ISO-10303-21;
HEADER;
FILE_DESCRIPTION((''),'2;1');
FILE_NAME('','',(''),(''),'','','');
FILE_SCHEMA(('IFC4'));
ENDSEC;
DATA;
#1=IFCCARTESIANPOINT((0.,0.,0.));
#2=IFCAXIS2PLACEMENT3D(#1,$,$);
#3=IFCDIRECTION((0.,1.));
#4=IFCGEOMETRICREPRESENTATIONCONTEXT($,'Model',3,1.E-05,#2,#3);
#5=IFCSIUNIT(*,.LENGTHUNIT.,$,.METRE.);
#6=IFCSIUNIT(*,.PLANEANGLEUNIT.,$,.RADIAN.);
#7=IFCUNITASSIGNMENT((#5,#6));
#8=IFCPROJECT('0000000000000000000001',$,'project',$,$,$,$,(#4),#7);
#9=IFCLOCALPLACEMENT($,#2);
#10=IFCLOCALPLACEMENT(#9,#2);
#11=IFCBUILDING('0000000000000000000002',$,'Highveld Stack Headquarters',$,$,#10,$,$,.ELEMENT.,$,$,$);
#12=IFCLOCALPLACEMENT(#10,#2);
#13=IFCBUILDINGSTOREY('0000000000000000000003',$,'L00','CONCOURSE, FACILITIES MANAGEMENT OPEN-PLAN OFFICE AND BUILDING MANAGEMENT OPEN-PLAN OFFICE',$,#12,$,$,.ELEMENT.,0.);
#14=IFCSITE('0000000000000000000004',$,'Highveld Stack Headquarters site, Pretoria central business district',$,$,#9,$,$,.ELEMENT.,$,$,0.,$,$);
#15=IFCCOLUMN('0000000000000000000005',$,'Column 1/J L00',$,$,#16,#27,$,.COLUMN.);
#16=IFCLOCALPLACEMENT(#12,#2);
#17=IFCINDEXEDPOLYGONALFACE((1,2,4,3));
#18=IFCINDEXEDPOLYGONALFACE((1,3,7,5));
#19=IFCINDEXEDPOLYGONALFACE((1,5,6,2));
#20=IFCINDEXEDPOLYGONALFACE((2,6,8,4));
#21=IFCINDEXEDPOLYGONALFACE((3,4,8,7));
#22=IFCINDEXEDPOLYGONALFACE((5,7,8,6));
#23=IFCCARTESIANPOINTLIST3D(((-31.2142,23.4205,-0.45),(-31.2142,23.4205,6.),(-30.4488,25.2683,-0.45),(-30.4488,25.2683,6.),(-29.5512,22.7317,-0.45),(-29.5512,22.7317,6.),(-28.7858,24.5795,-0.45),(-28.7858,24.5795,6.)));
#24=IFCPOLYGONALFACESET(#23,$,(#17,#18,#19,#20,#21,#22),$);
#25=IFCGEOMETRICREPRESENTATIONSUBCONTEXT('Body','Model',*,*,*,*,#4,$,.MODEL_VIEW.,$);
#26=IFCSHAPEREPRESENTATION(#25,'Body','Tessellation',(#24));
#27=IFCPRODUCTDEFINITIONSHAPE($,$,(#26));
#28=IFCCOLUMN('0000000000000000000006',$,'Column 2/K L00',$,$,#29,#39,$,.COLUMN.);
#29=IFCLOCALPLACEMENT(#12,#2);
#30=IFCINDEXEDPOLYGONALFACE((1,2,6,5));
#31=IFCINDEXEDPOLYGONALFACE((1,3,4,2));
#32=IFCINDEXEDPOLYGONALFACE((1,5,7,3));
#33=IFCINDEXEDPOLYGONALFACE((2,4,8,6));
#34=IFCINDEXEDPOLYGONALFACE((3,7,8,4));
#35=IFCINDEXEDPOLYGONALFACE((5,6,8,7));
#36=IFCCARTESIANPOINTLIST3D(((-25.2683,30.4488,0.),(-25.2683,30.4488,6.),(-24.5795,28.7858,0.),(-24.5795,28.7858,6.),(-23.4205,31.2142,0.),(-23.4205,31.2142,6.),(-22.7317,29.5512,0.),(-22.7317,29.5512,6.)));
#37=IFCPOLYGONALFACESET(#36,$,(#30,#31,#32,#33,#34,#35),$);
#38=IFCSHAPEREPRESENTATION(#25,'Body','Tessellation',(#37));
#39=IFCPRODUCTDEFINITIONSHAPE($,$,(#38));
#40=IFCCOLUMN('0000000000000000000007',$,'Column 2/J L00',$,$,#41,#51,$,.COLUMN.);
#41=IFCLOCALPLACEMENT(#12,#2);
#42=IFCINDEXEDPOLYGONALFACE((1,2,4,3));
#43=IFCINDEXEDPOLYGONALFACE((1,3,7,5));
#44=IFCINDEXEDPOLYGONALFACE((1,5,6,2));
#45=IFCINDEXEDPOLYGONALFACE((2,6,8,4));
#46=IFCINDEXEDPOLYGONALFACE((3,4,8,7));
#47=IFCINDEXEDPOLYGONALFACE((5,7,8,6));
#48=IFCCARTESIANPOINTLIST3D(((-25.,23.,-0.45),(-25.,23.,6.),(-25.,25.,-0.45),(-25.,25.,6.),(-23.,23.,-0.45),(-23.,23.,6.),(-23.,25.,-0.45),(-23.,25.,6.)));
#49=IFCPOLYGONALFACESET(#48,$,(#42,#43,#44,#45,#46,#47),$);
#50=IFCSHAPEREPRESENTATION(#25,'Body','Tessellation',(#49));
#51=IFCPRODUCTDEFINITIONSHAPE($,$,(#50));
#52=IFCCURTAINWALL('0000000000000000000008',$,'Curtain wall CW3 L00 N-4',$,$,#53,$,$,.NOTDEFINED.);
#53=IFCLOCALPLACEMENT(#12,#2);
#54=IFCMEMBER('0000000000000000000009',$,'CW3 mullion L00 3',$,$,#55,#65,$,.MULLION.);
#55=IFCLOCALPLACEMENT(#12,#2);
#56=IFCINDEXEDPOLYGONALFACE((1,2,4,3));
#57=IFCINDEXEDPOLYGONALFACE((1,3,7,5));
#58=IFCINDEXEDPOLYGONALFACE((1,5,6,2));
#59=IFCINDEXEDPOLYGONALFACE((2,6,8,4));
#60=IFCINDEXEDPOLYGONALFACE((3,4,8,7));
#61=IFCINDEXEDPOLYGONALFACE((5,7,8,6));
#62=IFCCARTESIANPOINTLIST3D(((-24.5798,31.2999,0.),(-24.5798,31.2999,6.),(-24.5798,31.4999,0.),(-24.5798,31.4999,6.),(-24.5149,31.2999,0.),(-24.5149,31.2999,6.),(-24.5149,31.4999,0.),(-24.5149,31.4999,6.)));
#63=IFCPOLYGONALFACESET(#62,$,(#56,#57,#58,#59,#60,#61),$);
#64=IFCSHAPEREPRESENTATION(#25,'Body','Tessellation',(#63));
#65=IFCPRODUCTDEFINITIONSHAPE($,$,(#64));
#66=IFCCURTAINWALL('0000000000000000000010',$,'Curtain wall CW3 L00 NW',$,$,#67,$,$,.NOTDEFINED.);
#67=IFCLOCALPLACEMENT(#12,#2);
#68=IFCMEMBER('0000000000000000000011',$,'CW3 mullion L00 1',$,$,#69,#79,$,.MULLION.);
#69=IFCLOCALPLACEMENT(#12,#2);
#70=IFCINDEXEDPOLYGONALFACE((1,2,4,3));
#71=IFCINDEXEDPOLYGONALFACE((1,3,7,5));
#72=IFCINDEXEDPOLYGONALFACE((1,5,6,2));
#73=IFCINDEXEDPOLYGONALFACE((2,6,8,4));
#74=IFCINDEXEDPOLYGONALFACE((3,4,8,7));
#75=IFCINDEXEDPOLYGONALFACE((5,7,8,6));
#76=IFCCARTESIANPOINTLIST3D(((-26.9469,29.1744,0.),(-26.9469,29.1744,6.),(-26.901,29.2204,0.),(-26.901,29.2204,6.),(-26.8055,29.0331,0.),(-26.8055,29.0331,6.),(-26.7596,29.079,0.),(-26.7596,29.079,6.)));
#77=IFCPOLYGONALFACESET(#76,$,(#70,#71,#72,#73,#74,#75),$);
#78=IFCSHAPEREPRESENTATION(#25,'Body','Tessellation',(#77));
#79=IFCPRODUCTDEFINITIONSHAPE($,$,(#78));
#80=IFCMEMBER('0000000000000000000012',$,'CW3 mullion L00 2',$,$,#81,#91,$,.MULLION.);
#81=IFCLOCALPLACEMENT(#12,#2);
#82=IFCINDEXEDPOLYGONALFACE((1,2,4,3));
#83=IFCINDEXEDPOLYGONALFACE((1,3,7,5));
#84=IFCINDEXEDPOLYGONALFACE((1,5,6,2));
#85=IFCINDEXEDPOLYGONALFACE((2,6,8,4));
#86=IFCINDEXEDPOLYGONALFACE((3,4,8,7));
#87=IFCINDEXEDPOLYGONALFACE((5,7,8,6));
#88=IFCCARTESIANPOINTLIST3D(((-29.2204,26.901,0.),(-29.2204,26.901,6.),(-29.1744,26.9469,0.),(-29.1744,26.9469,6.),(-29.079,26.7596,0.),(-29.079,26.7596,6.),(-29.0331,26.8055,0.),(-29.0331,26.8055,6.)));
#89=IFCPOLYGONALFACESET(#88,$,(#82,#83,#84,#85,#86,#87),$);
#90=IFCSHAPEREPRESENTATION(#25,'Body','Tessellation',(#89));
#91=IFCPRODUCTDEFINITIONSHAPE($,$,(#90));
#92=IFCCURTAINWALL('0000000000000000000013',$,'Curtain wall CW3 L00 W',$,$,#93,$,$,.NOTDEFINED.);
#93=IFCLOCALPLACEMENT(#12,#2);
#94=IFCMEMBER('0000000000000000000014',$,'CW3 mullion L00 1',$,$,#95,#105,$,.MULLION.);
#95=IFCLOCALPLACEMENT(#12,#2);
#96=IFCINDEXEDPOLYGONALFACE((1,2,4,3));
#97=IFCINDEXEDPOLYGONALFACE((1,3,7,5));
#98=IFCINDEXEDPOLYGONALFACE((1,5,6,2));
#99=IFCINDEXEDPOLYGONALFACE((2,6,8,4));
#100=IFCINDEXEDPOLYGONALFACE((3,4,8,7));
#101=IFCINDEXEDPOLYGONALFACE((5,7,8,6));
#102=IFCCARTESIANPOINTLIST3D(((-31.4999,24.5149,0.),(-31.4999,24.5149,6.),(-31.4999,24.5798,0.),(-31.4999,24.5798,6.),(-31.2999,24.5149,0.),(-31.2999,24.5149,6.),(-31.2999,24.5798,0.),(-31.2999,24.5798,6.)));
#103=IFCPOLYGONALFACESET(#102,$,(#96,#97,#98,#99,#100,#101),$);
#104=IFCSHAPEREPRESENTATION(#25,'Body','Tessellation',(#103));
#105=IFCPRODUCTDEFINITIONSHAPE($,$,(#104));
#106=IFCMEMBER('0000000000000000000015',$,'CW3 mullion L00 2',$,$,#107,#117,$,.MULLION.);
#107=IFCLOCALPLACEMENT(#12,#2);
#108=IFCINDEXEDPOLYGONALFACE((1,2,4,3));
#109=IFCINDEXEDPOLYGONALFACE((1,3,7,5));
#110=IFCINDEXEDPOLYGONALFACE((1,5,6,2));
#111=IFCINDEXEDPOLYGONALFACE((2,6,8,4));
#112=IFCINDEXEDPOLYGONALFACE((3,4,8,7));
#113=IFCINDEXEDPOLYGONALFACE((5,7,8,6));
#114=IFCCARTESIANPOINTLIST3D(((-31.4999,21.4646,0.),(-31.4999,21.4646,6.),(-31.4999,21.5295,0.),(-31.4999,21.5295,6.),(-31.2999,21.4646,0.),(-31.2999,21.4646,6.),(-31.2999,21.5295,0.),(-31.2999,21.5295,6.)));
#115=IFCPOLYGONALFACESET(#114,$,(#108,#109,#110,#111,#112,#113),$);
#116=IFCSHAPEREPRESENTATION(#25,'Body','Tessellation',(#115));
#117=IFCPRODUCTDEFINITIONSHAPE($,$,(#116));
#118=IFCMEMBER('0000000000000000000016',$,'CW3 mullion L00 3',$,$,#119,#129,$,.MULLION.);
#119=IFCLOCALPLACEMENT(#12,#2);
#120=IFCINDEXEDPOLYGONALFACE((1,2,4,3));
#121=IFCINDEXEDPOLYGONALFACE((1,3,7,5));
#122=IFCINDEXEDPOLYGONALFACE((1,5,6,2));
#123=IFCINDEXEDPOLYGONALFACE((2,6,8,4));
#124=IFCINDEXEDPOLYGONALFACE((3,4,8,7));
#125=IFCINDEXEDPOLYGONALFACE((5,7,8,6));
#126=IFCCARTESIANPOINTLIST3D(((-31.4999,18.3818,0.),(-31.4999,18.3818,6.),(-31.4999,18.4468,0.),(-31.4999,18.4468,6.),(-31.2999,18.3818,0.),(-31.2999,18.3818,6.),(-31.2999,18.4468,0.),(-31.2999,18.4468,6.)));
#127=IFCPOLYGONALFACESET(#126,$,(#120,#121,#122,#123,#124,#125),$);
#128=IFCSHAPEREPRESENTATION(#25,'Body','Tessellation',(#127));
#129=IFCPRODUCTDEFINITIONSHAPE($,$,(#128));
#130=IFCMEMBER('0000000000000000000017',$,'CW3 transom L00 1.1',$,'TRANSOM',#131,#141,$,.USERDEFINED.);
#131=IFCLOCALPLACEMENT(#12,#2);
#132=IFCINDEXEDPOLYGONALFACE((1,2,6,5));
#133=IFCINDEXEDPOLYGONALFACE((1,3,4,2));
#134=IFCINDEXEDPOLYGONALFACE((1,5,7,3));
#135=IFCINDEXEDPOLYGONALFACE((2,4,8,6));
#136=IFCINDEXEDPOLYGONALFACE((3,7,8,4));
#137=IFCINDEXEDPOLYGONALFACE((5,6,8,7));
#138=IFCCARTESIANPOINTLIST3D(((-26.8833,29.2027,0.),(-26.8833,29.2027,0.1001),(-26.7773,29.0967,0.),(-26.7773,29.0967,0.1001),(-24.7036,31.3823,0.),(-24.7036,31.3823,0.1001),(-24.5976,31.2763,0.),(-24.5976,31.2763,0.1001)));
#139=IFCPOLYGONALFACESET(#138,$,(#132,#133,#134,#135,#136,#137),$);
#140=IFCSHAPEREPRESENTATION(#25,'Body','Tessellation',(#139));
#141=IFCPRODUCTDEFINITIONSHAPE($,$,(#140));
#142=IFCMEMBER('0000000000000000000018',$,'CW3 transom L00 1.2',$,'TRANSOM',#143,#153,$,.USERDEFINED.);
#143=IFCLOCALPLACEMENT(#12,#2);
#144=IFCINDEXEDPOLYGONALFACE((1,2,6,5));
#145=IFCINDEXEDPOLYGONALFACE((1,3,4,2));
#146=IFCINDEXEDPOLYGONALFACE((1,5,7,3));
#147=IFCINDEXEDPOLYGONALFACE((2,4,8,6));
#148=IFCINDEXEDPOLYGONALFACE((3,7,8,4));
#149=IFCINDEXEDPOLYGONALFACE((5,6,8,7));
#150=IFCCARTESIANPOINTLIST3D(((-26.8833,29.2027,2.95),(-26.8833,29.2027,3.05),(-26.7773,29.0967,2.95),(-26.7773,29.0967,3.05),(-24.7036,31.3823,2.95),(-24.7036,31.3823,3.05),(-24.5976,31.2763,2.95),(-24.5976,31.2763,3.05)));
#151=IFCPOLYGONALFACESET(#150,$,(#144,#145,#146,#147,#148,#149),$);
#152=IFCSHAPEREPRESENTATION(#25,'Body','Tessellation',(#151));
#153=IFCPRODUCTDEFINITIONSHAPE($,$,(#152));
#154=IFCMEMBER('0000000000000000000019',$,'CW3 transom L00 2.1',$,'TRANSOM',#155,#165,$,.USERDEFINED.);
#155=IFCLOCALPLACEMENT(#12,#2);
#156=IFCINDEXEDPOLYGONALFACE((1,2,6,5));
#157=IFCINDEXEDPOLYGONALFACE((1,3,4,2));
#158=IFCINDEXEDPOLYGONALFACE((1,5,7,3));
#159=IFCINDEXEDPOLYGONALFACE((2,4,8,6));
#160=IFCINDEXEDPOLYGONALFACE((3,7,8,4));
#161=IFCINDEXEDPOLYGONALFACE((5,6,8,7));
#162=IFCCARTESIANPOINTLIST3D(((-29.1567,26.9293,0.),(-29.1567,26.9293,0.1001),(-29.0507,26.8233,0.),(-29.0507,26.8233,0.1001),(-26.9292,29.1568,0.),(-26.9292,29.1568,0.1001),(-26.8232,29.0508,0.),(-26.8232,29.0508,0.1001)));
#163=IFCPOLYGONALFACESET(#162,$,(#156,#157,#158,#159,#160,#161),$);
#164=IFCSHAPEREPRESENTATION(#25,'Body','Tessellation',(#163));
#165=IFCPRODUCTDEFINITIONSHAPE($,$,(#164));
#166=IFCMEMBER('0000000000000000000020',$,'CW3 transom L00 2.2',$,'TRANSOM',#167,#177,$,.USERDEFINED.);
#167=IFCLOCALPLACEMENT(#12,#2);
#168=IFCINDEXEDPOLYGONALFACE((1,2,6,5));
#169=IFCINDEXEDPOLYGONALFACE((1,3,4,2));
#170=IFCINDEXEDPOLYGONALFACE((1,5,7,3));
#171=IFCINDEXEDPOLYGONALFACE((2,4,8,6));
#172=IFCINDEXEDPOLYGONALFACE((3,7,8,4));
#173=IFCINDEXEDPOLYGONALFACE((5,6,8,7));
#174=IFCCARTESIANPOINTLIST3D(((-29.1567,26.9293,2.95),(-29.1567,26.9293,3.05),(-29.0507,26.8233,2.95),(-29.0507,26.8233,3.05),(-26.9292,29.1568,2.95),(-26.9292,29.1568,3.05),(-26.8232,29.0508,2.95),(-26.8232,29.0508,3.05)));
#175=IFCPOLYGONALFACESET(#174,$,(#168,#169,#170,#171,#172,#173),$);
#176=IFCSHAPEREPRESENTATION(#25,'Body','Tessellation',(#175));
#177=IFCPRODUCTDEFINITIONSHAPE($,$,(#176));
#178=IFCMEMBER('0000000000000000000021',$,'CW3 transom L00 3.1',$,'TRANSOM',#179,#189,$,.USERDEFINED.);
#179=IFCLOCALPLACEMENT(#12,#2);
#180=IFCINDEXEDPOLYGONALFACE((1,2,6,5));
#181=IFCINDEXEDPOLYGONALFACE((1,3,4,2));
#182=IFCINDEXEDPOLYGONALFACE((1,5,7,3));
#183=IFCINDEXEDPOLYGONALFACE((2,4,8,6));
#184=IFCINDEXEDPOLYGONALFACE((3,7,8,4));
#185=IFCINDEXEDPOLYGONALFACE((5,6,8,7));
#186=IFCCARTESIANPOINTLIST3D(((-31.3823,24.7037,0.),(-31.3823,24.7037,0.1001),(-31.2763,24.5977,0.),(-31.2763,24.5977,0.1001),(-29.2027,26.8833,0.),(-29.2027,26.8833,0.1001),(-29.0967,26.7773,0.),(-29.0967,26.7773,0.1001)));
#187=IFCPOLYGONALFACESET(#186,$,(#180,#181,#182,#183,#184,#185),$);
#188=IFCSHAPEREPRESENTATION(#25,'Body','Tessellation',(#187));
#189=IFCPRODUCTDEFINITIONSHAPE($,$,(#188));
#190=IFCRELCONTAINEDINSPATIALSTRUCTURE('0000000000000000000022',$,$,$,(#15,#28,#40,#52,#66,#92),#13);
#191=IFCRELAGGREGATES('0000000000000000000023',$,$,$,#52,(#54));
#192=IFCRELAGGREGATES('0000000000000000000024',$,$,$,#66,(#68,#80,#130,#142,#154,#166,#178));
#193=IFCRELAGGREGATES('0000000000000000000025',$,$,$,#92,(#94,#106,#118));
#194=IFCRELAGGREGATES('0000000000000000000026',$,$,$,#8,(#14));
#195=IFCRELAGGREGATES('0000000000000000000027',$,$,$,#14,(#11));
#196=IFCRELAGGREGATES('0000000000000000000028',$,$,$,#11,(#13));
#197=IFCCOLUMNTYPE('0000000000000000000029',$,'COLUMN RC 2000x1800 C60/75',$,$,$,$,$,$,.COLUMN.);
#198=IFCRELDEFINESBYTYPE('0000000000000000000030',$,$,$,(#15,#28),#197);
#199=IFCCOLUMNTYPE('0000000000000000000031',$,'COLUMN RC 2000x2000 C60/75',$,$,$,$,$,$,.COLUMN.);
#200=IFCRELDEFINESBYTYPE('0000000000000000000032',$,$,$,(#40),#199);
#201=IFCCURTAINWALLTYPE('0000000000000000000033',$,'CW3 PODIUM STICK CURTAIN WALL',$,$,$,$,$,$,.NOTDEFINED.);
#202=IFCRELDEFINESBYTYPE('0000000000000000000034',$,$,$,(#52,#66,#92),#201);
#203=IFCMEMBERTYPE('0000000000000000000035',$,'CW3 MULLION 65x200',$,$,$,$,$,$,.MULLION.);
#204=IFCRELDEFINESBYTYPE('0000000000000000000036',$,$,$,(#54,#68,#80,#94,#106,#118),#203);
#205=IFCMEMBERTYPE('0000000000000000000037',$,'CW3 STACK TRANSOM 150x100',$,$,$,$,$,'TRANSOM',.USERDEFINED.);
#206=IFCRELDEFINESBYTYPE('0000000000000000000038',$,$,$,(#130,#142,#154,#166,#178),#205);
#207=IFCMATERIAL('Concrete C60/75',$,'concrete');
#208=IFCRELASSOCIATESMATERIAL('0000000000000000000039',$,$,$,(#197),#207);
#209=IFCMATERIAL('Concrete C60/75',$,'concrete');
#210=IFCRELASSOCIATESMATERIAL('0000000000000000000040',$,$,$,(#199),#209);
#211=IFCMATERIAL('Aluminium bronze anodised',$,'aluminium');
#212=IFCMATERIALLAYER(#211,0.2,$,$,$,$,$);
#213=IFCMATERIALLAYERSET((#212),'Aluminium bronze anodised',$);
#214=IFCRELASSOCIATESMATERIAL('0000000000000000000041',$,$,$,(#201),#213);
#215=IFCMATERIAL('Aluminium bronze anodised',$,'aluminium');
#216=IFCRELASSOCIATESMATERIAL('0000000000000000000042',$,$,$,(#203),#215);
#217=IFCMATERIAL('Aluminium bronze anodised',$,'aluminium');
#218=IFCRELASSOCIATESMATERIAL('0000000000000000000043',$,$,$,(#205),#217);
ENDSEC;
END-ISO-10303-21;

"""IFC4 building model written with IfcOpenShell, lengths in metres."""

from ifc_helpers import new_model, si_unit, direction, frame, origin, origin_2d, place, context, subcontext, project, spatial, rectangle, extrude, material, layer, layer_set, material_profile, profile_set, type_object, element, aggregate, save


model = new_model("IFC4")

# Units and contexts
model_context = context("Model", 3, precision=1e-05, world=origin(), true_north=direction((0.0, 1.0)))
body_context = subcontext(model_context, "Body", "Model", "MODEL_VIEW")
ifc_project = project(units=[si_unit("LENGTHUNIT", "METRE"), si_unit("PLANEANGLEUNIT", "RADIAN")], contexts=[model_context])

# Site, building, storey
site_placement = place(None, origin())
site = spatial("IfcSite", under=ifc_project, at=site_placement, Name="Highveld Stack Headquarters site, Pretoria central business district", CompositionType="ELEMENT", RefElevation=0.0)
building_placement = place(site_placement, origin())
building = spatial("IfcBuilding", under=site, at=building_placement, Name="Highveld Stack Headquarters", CompositionType="ELEMENT")
storey_placement = place(building_placement, origin())
storey = spatial("IfcBuildingStorey", under=building, at=storey_placement, Name="L00", Description="CONCOURSE, FACILITIES MANAGEMENT OPEN-PLAN OFFICE AND BUILDING MANAGEMENT OPEN-PLAN OFFICE", CompositionType="ELEMENT", Elevation=0.0)

# Columns
ifc_material_1 = material(Name="Concrete C60/75", Category="concrete")
ifc_material_profile_1 = material_profile(ifc_material_1, rectangle(XDim=2.0, YDim=1.8, at=origin_2d()), Name="RC 2000x1800")
ifc_profile_set_1 = profile_set([ifc_material_profile_1], Name="Concrete C60/75")
column_type_1 = type_object("IfcColumnType", Name="COLUMN RC 2000x1800 C60/75", PredefinedType="COLUMN", material=ifc_profile_set_1)
column_1_placement = place(storey_placement, frame((-30.0, 24.0, -0.45), z_axis=(0.0, 0.0, 1.0), x_axis=(0.382683, 0.92388, 0.0)))
element("IfcColumn", 1, at=column_1_placement, inside=storey, type_object=column_type_1, Name="Column 1/J L00", PredefinedType="COLUMN", context=body_context, shape_type="SweptSolid", body=[
    extrude(rectangle(XDim=2.0, YDim=1.8, at=origin_2d()), origin(), (0.0, 0.0, 1.0), 6.45),
])
column_2_placement = place(storey_placement, frame((-24.0, 30.0, 0.0), z_axis=(0.0, 0.0, 1.0), x_axis=(0.92388, 0.382683, 0.0)))
element("IfcColumn", 2, at=column_2_placement, inside=storey, type_object=column_type_1, Name="Column 2/K L00", PredefinedType="COLUMN", context=body_context, shape_type="SweptSolid", body=[
    extrude(rectangle(XDim=2.0, YDim=1.8, at=origin_2d()), origin(), (0.0, 0.0, 1.0), 6.0),
])
ifc_material_2 = material(Name="Concrete C60/75", Category="concrete")
ifc_material_profile_2 = material_profile(ifc_material_2, rectangle(XDim=2.0, YDim=2.0, at=origin_2d()), Name="RC 2000x2000")
ifc_profile_set_2 = profile_set([ifc_material_profile_2], Name="Concrete C60/75")
column_type_2 = type_object("IfcColumnType", Name="COLUMN RC 2000x2000 C60/75", PredefinedType="COLUMN", material=ifc_profile_set_2)
column_3_placement = place(storey_placement, frame((-24.0, 24.0, -0.45), z_axis=(0.0, 0.0, 1.0), x_axis=(1.0, 0.0, 0.0)))
element("IfcColumn", 3, at=column_3_placement, inside=storey, type_object=column_type_2, Name="Column 2/J L00", PredefinedType="COLUMN", context=body_context, shape_type="SweptSolid", body=[
    extrude(rectangle(XDim=2.0, YDim=2.0, at=origin_2d()), origin(), (0.0, 0.0, 1.0), 6.45),
])

# Curtain wall, member
ifc_material_3 = material(Name="Aluminium bronze anodised", Category="aluminium")
ifc_layer_1 = layer(ifc_material_3, 0.2)
ifc_layer_set_1 = layer_set([ifc_layer_1], Name="Aluminium bronze anodised")
curtain_wall_type = type_object("IfcCurtainWallType", Name="CW3 PODIUM STICK CURTAIN WALL", PredefinedType="NOTDEFINED", material=ifc_layer_set_1)
curtain_wall_1_placement = place(storey_placement, origin())
curtain_wall_1 = element("IfcCurtainWall", 4, at=curtain_wall_1_placement, inside=storey, type_object=curtain_wall_type, Name="Curtain wall CW3 L00 N-4", PredefinedType="NOTDEFINED")
ifc_material_4 = material(Name="Aluminium bronze anodised", Category="aluminium")
ifc_material_profile_3 = material_profile(ifc_material_4, rectangle(XDim=0.2, YDim=0.0649, at=origin_2d()), Name="CW3 MULLION 65x200")
ifc_profile_set_3 = profile_set([ifc_material_profile_3], Name="Aluminium bronze anodised")
member_type_1 = type_object("IfcMemberType", Name="CW3 MULLION 65x200", PredefinedType="MULLION", material=ifc_profile_set_3)
member_1_placement = place(storey_placement, frame((-24.5474, 31.3999, 0.0), z_axis=(0.0, 0.0, 1.0), x_axis=(0.0, -1.0, 0.0)))
member_1 = element("IfcMember", 5, at=member_1_placement, type_object=member_type_1, Name="CW3 mullion L00 3", PredefinedType="MULLION", context=body_context, shape_type="SweptSolid", body=[
    extrude(rectangle(XDim=0.2, YDim=0.0649, at=origin_2d()), origin(), (0.0, 0.0, 1.0), 6.0),
])
aggregate(curtain_wall_1, [member_1])

# Curtain walls, members
curtain_wall_2_placement = place(storey_placement, origin())
curtain_wall_2 = element("IfcCurtainWall", 6, at=curtain_wall_2_placement, inside=storey, type_object=curtain_wall_type, Name="Curtain wall CW3 L00 NW", PredefinedType="NOTDEFINED")
member_2_placement = place(storey_placement, frame((-26.8533, 29.1267, 0.0), z_axis=(0.0, 0.0, 1.0), x_axis=(0.707107, -0.707107, 0.0)))
member_2 = element("IfcMember", 7, at=member_2_placement, type_object=member_type_1, Name="CW3 mullion L00 1", PredefinedType="MULLION", context=body_context, shape_type="SweptSolid", body=[
    extrude(rectangle(XDim=0.2, YDim=0.0649, at=origin_2d()), origin(), (0.0, 0.0, 1.0), 6.0),
])
member_3_placement = place(storey_placement, frame((-29.1267, 26.8533, 0.0), z_axis=(0.0, 0.0, 1.0), x_axis=(0.707107, -0.707107, 0.0)))
member_3 = element("IfcMember", 8, at=member_3_placement, type_object=member_type_1, Name="CW3 mullion L00 2", PredefinedType="MULLION", context=body_context, shape_type="SweptSolid", body=[
    extrude(rectangle(XDim=0.2, YDim=0.0649, at=origin_2d()), origin(), (0.0, 0.0, 1.0), 6.0),
])
curtain_wall_3_placement = place(storey_placement, origin())
curtain_wall_3 = element("IfcCurtainWall", 9, at=curtain_wall_3_placement, inside=storey, type_object=curtain_wall_type, Name="Curtain wall CW3 L00 W", PredefinedType="NOTDEFINED")
member_4_placement = place(storey_placement, frame((-31.3999, 24.5474, 0.0), z_axis=(0.0, 0.0, 1.0), x_axis=(1.0, 0.0, 0.0)))
member_4 = element("IfcMember", 10, at=member_4_placement, type_object=member_type_1, Name="CW3 mullion L00 1", PredefinedType="MULLION", context=body_context, shape_type="SweptSolid", body=[
    extrude(rectangle(XDim=0.2, YDim=0.0649, at=origin_2d()), origin(), (0.0, 0.0, 1.0), 6.0),
])
member_5_placement = place(storey_placement, frame((-31.3999, 21.4971, 0.0), z_axis=(0.0, 0.0, 1.0), x_axis=(1.0, 0.0, 0.0)))
member_5 = element("IfcMember", 11, at=member_5_placement, type_object=member_type_1, Name="CW3 mullion L00 2", PredefinedType="MULLION", context=body_context, shape_type="SweptSolid", body=[
    extrude(rectangle(XDim=0.2, YDim=0.0649, at=origin_2d()), origin(), (0.0, 0.0, 1.0), 6.0),
])
member_6_placement = place(storey_placement, frame((-31.3999, 18.4143, 0.0), z_axis=(0.0, 0.0, 1.0), x_axis=(1.0, 0.0, 0.0)))
member_6 = element("IfcMember", 12, at=member_6_placement, type_object=member_type_1, Name="CW3 mullion L00 3", PredefinedType="MULLION", context=body_context, shape_type="SweptSolid", body=[
    extrude(rectangle(XDim=0.2, YDim=0.0649, at=origin_2d()), origin(), (0.0, 0.0, 1.0), 6.0),
])

# Members
ifc_material_5 = material(Name="Aluminium bronze anodised", Category="aluminium")
ifc_material_profile_4 = material_profile(ifc_material_5, rectangle(XDim=0.1499, YDim=0.1001, at=origin_2d()), Name="CW3 TRANSOM 150x100")
ifc_profile_set_4 = profile_set([ifc_material_profile_4], Name="Aluminium bronze anodised")
member_type_2 = type_object("IfcMemberType", Name="CW3 STACK TRANSOM 150x100", ElementType="TRANSOM", PredefinedType="USERDEFINED", material=ifc_profile_set_4)
member_7_placement = place(storey_placement, frame((-24.6506, 31.3293, 0.05), z_axis=(-0.707107, -0.707107, 0.0), x_axis=(0.707107, -0.707107, 0.0)))
member_7 = element("IfcMember", 13, at=member_7_placement, type_object=member_type_2, Name="CW3 transom L00 1.1", ObjectType="TRANSOM", PredefinedType="USERDEFINED", context=body_context, shape_type="SweptSolid", body=[
    extrude(rectangle(XDim=0.1499, YDim=0.1001, at=origin_2d()), origin(), (0.0, 0.0, 1.0), 3.0825),
])
member_8_placement = place(storey_placement, frame((-24.6506, 31.3293, 3.0), z_axis=(-0.707107, -0.707107, 0.0), x_axis=(0.707107, -0.707107, 0.0)))
member_8 = element("IfcMember", 14, at=member_8_placement, type_object=member_type_2, Name="CW3 transom L00 1.2", ObjectType="TRANSOM", PredefinedType="USERDEFINED", context=body_context, shape_type="SweptSolid", body=[
    extrude(rectangle(XDim=0.1499, YDim=0.1001, at=origin_2d()), origin(), (0.0, 0.0, 1.0), 3.0825),
])
member_9_placement = place(storey_placement, frame((-26.8762, 29.1038, 0.05), z_axis=(-0.707107, -0.707107, 0.0), x_axis=(0.707107, -0.707107, 0.0)))
member_9 = element("IfcMember", 15, at=member_9_placement, type_object=member_type_2, Name="CW3 transom L00 2.1", ObjectType="TRANSOM", PredefinedType="USERDEFINED", context=body_context, shape_type="SweptSolid", body=[
    extrude(rectangle(XDim=0.1499, YDim=0.1001, at=origin_2d()), origin(), (0.0, 0.0, 1.0), 3.1501),
])
member_10_placement = place(storey_placement, frame((-26.8762, 29.1038, 3.0), z_axis=(-0.707107, -0.707107, 0.0), x_axis=(0.707107, -0.707107, 0.0)))
member_10 = element("IfcMember", 16, at=member_10_placement, type_object=member_type_2, Name="CW3 transom L00 2.2", ObjectType="TRANSOM", PredefinedType="USERDEFINED", context=body_context, shape_type="SweptSolid", body=[
    extrude(rectangle(XDim=0.1499, YDim=0.1001, at=origin_2d()), origin(), (0.0, 0.0, 1.0), 3.1501),
])
member_11_placement = place(storey_placement, frame((-29.1497, 26.8303, 0.05), z_axis=(-0.707107, -0.707107, 0.0), x_axis=(0.707107, -0.707107, 0.0)))
member_11 = element("IfcMember", 17, at=member_11_placement, type_object=member_type_2, Name="CW3 transom L00 3.1", ObjectType="TRANSOM", PredefinedType="USERDEFINED", context=body_context, shape_type="SweptSolid", body=[
    extrude(rectangle(XDim=0.1499, YDim=0.1001, at=origin_2d()), origin(), (0.0, 0.0, 1.0), 3.0825),
])

aggregate(curtain_wall_2, [member_2, member_3, member_7, member_8, member_9, member_10, member_11])
aggregate(curtain_wall_3, [member_4, member_5, member_6])

save(model, "model.ifc")
